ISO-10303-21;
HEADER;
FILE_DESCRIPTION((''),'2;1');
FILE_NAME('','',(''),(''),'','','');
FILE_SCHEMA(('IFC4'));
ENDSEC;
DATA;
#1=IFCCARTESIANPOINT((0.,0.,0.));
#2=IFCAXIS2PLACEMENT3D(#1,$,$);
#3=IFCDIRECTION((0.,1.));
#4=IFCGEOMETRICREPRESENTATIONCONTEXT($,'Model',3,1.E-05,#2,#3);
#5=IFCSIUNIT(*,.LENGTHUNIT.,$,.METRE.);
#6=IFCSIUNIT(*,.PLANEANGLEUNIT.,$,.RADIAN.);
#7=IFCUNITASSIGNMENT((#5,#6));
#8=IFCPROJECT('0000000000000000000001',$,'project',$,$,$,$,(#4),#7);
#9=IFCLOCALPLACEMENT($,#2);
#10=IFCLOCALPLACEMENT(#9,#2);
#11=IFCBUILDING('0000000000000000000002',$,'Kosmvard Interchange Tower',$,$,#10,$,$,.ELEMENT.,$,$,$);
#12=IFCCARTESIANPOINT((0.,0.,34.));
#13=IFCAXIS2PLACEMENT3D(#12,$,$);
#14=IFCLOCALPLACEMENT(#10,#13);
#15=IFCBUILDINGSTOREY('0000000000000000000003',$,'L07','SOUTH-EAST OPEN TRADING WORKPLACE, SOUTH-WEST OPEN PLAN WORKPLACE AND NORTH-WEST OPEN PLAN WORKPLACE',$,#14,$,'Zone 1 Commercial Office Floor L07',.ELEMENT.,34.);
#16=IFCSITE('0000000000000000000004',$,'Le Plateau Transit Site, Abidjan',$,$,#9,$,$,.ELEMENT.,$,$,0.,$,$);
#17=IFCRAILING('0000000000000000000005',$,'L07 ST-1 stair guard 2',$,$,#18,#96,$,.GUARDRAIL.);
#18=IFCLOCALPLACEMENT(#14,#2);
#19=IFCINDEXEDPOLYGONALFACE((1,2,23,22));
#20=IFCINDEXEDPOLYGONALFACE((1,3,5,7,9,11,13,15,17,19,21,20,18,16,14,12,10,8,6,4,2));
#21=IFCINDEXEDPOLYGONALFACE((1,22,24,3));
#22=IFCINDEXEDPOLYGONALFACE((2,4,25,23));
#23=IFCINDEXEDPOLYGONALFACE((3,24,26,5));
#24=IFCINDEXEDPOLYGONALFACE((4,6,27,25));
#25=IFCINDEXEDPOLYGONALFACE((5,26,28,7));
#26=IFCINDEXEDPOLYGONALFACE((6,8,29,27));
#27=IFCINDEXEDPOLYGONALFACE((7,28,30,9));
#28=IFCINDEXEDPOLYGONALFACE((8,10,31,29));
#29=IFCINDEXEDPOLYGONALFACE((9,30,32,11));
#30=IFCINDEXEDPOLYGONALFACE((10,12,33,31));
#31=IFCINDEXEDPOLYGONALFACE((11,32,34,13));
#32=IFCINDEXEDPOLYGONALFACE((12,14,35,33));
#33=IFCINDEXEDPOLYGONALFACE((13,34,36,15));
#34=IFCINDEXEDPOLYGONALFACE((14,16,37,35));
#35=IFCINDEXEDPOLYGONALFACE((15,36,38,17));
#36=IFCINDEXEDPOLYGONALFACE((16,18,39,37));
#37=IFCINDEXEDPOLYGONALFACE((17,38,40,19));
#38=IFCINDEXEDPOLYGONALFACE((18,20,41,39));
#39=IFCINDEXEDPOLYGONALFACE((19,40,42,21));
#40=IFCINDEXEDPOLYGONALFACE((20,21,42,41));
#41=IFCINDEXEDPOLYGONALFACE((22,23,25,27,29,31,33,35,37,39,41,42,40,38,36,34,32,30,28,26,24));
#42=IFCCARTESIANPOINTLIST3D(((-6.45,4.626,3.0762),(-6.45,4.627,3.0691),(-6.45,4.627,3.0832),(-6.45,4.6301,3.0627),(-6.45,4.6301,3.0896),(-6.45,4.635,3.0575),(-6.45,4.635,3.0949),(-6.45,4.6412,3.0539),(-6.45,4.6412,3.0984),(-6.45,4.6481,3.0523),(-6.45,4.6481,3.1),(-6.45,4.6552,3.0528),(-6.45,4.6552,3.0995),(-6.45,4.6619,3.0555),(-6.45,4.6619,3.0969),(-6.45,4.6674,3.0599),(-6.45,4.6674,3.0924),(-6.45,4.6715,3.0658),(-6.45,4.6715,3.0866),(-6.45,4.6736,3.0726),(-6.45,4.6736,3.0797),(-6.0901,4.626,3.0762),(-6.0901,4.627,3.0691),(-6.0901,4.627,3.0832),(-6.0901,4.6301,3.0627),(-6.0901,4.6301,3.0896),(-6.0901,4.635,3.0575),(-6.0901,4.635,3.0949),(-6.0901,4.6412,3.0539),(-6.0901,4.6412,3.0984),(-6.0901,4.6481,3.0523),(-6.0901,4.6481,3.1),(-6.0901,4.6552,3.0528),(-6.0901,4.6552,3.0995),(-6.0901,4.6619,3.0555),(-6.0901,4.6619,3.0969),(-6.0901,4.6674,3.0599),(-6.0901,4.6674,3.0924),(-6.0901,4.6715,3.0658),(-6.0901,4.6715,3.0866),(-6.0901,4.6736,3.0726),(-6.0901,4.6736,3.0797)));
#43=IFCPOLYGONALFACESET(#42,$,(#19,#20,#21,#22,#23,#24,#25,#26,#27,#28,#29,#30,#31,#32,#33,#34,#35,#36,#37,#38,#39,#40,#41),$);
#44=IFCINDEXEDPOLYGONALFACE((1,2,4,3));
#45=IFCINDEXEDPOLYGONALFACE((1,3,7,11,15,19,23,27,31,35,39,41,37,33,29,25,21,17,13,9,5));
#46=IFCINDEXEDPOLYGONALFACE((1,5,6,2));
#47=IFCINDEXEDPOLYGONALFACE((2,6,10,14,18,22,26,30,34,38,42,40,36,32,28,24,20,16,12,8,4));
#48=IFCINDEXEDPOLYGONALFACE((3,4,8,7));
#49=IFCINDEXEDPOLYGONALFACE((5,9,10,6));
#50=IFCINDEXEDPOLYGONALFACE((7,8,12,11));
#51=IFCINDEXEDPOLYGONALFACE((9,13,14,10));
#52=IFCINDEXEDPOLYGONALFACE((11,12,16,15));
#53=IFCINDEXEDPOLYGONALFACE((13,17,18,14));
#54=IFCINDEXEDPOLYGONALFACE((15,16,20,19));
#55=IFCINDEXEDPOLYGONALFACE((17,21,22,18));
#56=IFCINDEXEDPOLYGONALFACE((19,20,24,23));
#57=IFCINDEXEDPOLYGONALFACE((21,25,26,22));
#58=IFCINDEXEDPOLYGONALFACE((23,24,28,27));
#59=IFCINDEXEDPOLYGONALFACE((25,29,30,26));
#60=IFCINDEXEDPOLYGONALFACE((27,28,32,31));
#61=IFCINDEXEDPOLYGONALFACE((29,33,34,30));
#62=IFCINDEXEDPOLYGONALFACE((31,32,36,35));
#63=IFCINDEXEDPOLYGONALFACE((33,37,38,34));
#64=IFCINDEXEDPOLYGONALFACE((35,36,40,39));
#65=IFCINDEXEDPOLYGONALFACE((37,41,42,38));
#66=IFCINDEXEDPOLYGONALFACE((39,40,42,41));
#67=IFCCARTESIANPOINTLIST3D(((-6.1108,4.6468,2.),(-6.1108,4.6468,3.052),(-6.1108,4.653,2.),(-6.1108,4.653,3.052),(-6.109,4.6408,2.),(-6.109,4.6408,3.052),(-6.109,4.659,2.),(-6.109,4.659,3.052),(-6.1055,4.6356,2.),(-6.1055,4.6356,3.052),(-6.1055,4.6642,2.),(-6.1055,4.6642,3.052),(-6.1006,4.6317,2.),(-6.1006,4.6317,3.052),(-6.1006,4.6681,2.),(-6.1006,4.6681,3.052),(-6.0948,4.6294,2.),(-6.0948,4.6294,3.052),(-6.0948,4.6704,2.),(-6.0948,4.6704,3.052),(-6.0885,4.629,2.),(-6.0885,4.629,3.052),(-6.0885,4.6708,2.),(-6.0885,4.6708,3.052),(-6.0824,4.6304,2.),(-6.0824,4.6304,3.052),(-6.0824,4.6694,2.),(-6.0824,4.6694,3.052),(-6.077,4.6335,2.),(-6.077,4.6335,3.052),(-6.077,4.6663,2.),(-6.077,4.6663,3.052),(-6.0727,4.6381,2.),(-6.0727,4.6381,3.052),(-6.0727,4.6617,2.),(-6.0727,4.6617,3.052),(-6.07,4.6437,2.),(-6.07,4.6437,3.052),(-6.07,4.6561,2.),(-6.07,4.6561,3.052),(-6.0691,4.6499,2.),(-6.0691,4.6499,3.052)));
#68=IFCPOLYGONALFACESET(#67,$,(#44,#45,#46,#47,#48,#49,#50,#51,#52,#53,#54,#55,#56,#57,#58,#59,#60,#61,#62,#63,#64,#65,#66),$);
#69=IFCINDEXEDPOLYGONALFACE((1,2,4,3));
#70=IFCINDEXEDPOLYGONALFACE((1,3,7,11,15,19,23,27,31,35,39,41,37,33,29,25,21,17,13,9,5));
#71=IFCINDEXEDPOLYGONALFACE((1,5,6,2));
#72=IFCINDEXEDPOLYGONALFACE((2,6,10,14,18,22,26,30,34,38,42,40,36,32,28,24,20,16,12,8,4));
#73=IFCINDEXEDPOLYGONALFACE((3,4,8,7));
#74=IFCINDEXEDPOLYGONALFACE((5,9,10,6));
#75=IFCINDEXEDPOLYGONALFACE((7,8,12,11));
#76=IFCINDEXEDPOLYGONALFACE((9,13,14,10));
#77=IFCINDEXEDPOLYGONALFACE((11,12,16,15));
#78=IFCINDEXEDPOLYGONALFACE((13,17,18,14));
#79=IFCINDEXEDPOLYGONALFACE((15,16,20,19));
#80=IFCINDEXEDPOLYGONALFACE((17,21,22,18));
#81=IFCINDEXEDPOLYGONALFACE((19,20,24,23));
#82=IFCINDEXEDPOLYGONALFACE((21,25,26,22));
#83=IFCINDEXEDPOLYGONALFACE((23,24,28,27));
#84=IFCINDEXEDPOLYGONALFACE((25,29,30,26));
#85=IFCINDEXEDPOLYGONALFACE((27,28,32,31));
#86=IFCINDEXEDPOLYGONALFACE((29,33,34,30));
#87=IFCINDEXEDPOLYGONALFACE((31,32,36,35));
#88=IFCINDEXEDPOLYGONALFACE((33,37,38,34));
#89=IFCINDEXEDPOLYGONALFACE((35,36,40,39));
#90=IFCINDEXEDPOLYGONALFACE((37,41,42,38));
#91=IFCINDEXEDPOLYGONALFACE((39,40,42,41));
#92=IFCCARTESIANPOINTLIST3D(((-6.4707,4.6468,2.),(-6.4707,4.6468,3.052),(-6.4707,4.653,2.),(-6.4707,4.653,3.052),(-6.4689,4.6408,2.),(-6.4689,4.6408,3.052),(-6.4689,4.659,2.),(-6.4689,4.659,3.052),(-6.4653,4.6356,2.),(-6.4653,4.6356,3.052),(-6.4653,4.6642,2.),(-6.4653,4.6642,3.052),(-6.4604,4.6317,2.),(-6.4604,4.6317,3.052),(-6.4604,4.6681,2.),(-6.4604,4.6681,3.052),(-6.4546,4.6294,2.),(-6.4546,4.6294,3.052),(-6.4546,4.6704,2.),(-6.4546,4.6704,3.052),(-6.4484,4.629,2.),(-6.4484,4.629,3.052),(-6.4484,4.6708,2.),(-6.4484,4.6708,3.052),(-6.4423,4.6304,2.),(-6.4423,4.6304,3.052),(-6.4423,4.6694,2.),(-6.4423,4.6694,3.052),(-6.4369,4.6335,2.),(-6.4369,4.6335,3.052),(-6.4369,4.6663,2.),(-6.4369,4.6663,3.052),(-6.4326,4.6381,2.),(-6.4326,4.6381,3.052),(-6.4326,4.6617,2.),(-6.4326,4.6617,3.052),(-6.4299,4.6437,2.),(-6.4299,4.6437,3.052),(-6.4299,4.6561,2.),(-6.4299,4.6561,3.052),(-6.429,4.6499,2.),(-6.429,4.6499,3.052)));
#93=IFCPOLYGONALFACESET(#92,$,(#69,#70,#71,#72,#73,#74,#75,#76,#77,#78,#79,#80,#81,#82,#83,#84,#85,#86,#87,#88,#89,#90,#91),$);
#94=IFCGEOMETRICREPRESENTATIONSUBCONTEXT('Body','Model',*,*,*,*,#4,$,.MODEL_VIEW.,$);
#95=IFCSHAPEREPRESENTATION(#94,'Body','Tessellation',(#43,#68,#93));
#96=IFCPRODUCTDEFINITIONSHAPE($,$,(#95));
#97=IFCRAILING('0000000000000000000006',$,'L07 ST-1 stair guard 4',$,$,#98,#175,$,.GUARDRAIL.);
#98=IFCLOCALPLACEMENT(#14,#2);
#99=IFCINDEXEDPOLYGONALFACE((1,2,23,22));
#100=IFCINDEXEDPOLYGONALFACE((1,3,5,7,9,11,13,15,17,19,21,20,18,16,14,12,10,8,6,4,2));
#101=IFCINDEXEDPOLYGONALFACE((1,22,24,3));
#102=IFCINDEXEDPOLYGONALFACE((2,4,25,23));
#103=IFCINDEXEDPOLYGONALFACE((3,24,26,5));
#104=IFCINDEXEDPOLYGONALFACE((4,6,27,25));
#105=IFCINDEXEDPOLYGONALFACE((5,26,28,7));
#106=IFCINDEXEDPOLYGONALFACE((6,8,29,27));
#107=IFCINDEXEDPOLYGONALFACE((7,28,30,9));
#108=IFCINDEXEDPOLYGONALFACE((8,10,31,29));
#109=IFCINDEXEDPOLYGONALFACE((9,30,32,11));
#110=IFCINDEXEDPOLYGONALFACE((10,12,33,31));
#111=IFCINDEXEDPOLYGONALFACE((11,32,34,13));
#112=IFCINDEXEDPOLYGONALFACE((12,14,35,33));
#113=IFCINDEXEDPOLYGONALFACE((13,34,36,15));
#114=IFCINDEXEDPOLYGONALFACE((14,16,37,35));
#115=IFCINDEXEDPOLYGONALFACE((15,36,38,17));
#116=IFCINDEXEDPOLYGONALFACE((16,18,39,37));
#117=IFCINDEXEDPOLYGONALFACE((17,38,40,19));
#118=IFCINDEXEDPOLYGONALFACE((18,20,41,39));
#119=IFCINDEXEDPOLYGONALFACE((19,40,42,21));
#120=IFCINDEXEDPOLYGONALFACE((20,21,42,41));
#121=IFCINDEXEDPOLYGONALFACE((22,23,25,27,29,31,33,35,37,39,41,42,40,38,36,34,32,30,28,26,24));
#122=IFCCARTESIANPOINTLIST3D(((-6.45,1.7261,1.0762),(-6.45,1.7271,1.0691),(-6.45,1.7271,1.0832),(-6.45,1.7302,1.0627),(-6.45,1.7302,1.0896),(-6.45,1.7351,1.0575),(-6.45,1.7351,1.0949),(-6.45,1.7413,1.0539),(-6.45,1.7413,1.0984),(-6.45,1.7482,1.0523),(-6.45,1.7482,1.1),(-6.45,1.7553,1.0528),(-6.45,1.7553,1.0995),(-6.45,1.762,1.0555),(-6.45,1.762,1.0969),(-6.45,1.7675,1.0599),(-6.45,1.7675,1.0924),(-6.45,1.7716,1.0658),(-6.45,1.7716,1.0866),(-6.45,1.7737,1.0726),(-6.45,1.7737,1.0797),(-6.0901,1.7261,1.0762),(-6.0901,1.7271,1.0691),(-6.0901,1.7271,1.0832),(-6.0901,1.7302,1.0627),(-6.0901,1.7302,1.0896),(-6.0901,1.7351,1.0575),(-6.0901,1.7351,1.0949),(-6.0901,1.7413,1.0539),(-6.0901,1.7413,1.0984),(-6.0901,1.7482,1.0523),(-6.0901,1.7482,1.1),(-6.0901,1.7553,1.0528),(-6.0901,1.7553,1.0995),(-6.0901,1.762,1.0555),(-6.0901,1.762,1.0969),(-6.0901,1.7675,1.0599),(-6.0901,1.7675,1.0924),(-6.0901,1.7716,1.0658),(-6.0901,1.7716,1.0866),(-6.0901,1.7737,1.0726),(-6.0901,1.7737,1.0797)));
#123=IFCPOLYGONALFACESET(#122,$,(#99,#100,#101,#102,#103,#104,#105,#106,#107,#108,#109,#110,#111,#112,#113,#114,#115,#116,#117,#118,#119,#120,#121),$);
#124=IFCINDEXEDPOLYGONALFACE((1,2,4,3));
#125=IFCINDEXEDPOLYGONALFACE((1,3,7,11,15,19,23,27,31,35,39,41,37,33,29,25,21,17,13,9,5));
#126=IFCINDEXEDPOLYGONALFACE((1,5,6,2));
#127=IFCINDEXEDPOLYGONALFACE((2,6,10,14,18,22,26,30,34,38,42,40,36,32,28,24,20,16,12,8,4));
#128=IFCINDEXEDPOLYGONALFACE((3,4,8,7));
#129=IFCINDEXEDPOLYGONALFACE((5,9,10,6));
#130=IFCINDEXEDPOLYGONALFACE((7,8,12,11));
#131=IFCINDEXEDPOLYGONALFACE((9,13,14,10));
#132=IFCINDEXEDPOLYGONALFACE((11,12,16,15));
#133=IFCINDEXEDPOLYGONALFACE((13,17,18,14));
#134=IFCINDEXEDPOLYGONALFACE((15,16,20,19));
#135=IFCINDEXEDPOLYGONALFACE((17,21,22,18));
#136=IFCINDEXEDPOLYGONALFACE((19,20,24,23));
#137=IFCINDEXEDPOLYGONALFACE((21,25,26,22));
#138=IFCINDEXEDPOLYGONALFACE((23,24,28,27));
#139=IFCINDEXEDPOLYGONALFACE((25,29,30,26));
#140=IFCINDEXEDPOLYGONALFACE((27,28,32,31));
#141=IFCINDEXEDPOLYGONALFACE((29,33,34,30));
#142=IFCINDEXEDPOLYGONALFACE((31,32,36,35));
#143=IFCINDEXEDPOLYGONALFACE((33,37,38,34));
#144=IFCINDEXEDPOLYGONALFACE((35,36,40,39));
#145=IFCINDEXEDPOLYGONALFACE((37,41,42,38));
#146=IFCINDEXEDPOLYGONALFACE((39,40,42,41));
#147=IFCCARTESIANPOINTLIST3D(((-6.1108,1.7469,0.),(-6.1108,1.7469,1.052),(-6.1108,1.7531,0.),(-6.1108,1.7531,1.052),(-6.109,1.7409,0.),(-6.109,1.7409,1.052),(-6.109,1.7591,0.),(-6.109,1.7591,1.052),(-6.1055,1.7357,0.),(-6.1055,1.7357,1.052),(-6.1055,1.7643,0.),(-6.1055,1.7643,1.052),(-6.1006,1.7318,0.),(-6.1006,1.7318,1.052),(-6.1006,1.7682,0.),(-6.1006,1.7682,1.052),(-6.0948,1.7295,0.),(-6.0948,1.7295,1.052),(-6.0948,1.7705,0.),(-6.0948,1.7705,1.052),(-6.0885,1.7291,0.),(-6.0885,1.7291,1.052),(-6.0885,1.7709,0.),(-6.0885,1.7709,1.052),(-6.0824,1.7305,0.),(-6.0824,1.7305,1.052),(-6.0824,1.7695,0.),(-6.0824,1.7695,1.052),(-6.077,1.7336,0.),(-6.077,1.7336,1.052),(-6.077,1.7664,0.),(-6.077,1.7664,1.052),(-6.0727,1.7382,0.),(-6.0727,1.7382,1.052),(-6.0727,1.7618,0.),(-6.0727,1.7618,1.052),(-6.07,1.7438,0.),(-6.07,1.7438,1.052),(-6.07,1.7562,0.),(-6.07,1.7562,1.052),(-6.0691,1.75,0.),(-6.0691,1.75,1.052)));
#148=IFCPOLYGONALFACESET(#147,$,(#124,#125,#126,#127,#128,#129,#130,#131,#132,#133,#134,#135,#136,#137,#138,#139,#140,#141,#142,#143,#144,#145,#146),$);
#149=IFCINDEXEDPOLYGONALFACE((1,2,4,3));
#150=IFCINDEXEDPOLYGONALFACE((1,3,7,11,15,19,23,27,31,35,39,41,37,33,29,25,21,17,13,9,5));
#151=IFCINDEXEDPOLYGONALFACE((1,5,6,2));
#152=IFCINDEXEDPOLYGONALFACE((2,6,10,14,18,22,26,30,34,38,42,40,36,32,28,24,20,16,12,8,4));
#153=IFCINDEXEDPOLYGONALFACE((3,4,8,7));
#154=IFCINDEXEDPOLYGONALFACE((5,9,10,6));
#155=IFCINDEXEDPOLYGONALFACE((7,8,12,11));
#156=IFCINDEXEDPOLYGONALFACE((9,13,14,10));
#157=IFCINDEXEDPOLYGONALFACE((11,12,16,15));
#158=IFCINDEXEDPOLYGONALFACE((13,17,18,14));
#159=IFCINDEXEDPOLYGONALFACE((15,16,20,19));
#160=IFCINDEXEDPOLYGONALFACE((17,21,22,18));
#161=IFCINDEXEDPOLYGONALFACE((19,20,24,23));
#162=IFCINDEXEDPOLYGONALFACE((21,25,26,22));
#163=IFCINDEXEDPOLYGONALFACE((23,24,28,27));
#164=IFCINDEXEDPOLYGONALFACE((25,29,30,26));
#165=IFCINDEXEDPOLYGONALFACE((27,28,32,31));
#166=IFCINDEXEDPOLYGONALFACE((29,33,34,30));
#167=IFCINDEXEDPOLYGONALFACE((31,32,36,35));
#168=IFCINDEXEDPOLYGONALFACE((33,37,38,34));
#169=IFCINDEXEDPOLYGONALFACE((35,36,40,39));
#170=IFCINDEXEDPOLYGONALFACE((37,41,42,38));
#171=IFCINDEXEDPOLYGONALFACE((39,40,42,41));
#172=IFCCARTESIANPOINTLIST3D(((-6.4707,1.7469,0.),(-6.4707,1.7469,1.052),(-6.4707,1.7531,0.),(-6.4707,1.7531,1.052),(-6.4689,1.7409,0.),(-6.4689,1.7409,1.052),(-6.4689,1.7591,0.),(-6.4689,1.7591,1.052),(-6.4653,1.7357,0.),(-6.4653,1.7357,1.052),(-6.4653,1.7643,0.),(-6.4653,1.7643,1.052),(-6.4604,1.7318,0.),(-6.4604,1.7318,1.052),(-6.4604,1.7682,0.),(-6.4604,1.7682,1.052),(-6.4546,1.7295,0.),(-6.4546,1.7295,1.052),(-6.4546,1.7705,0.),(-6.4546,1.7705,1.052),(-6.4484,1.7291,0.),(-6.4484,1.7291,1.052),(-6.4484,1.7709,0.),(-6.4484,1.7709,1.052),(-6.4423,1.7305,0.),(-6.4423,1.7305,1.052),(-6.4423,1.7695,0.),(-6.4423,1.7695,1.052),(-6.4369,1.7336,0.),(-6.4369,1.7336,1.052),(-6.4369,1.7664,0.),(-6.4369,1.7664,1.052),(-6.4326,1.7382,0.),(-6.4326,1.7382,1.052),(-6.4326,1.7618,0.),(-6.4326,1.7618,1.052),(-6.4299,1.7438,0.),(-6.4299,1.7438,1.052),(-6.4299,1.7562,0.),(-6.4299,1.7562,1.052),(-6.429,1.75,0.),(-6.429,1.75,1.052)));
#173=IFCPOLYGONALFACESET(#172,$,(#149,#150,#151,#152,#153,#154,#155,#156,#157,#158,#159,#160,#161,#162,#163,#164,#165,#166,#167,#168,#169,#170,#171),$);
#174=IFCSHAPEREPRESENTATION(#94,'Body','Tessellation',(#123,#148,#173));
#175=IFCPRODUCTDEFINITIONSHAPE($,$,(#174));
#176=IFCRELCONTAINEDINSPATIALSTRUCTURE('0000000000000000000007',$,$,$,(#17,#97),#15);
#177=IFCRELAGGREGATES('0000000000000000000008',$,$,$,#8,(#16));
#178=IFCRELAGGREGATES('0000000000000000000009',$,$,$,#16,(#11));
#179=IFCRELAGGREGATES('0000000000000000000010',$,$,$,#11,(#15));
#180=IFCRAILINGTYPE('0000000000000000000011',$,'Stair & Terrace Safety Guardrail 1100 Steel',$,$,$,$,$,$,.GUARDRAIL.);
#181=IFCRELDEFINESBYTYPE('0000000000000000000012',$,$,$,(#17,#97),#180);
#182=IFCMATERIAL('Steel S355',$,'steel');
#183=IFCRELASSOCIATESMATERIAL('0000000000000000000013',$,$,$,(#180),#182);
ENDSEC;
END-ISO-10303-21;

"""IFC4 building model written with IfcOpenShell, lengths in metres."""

from ifc_helpers import new_model, si_unit, direction, frame, origin, origin_2d, place, context, subcontext, project, spatial, circle, extrude, source, transform, mapped, material, type_object, element, save


model = new_model("IFC4")

# Units and contexts
model_context = context("Model", 3, precision=1e-05, world=origin(), true_north=direction((0.0, 1.0)))
body_context = subcontext(model_context, "Body", "Model", "MODEL_VIEW")
ifc_project = project(units=[si_unit("LENGTHUNIT", "METRE"), si_unit("PLANEANGLEUNIT", "RADIAN")], contexts=[model_context])

# Site, building, storey
site_placement = place(None, origin())
site = spatial("IfcSite", under=ifc_project, at=site_placement, Name="Le Plateau Transit Site, Abidjan", CompositionType="ELEMENT", RefElevation=0.0)
building_placement = place(site_placement, origin())
building = spatial("IfcBuilding", under=site, at=building_placement, Name="Kosmvard Interchange Tower", CompositionType="ELEMENT")
storey_placement = place(building_placement, frame((0.0, 0.0, 34.0)))
storey = spatial("IfcBuildingStorey", under=building, at=storey_placement, Name="L07", Description="SOUTH-EAST OPEN TRADING WORKPLACE, SOUTH-WEST OPEN PLAN WORKPLACE AND NORTH-WEST OPEN PLAN WORKPLACE", LongName="Zone 1 Commercial Office Floor L07", CompositionType="ELEMENT", Elevation=34.0)

# Shared definitions
ifc_material_1 = material(Name="Steel S355", Category="steel")

# Railings
railing_type_1 = type_object("IfcRailingType", Name="Stair & Terrace Safety Guardrail 1100 Steel", PredefinedType="GUARDRAIL", material=ifc_material_1)
shared_shape_1 = source(origin(), body_context, "Body", "SweptSolid", [
    extrude(circle(Radius=0.0239, at=origin_2d()), frame((0.0, 0.0, 1.0762), z_axis=(-1.0, 0.0, 0.0), x_axis=(0.0, -1.0, 0.0)), (0.0, 0.0, 1.0), 0.3599),
    extrude(circle(Radius=0.021, at=origin_2d()), origin(), (0.0, 0.0, 1.0), 1.052),
    extrude(circle(Radius=0.021, at=origin_2d()), frame((-0.3599, 0.0, 0.0)), (0.0, 0.0, 1.0), 1.052),
])
for number, where, name in (
    (1, (-6.0901, 4.6499, 2.0), "L07 ST-1 stair guard 2"),
    (2, (-6.0901, 1.75, 0.0), "L07 ST-1 stair guard 4"),
):
    element("IfcRailing", number, at=place(storey_placement, frame(where)), inside=storey, type_object=railing_type_1, Name=name, PredefinedType="GUARDRAIL", context=body_context, shape_type="MappedRepresentation", body=[
        mapped(shared_shape_1, transform((0.0, 0.0, 0.0), scale=1.0)),
    ])

save(model, "model.ifc")
